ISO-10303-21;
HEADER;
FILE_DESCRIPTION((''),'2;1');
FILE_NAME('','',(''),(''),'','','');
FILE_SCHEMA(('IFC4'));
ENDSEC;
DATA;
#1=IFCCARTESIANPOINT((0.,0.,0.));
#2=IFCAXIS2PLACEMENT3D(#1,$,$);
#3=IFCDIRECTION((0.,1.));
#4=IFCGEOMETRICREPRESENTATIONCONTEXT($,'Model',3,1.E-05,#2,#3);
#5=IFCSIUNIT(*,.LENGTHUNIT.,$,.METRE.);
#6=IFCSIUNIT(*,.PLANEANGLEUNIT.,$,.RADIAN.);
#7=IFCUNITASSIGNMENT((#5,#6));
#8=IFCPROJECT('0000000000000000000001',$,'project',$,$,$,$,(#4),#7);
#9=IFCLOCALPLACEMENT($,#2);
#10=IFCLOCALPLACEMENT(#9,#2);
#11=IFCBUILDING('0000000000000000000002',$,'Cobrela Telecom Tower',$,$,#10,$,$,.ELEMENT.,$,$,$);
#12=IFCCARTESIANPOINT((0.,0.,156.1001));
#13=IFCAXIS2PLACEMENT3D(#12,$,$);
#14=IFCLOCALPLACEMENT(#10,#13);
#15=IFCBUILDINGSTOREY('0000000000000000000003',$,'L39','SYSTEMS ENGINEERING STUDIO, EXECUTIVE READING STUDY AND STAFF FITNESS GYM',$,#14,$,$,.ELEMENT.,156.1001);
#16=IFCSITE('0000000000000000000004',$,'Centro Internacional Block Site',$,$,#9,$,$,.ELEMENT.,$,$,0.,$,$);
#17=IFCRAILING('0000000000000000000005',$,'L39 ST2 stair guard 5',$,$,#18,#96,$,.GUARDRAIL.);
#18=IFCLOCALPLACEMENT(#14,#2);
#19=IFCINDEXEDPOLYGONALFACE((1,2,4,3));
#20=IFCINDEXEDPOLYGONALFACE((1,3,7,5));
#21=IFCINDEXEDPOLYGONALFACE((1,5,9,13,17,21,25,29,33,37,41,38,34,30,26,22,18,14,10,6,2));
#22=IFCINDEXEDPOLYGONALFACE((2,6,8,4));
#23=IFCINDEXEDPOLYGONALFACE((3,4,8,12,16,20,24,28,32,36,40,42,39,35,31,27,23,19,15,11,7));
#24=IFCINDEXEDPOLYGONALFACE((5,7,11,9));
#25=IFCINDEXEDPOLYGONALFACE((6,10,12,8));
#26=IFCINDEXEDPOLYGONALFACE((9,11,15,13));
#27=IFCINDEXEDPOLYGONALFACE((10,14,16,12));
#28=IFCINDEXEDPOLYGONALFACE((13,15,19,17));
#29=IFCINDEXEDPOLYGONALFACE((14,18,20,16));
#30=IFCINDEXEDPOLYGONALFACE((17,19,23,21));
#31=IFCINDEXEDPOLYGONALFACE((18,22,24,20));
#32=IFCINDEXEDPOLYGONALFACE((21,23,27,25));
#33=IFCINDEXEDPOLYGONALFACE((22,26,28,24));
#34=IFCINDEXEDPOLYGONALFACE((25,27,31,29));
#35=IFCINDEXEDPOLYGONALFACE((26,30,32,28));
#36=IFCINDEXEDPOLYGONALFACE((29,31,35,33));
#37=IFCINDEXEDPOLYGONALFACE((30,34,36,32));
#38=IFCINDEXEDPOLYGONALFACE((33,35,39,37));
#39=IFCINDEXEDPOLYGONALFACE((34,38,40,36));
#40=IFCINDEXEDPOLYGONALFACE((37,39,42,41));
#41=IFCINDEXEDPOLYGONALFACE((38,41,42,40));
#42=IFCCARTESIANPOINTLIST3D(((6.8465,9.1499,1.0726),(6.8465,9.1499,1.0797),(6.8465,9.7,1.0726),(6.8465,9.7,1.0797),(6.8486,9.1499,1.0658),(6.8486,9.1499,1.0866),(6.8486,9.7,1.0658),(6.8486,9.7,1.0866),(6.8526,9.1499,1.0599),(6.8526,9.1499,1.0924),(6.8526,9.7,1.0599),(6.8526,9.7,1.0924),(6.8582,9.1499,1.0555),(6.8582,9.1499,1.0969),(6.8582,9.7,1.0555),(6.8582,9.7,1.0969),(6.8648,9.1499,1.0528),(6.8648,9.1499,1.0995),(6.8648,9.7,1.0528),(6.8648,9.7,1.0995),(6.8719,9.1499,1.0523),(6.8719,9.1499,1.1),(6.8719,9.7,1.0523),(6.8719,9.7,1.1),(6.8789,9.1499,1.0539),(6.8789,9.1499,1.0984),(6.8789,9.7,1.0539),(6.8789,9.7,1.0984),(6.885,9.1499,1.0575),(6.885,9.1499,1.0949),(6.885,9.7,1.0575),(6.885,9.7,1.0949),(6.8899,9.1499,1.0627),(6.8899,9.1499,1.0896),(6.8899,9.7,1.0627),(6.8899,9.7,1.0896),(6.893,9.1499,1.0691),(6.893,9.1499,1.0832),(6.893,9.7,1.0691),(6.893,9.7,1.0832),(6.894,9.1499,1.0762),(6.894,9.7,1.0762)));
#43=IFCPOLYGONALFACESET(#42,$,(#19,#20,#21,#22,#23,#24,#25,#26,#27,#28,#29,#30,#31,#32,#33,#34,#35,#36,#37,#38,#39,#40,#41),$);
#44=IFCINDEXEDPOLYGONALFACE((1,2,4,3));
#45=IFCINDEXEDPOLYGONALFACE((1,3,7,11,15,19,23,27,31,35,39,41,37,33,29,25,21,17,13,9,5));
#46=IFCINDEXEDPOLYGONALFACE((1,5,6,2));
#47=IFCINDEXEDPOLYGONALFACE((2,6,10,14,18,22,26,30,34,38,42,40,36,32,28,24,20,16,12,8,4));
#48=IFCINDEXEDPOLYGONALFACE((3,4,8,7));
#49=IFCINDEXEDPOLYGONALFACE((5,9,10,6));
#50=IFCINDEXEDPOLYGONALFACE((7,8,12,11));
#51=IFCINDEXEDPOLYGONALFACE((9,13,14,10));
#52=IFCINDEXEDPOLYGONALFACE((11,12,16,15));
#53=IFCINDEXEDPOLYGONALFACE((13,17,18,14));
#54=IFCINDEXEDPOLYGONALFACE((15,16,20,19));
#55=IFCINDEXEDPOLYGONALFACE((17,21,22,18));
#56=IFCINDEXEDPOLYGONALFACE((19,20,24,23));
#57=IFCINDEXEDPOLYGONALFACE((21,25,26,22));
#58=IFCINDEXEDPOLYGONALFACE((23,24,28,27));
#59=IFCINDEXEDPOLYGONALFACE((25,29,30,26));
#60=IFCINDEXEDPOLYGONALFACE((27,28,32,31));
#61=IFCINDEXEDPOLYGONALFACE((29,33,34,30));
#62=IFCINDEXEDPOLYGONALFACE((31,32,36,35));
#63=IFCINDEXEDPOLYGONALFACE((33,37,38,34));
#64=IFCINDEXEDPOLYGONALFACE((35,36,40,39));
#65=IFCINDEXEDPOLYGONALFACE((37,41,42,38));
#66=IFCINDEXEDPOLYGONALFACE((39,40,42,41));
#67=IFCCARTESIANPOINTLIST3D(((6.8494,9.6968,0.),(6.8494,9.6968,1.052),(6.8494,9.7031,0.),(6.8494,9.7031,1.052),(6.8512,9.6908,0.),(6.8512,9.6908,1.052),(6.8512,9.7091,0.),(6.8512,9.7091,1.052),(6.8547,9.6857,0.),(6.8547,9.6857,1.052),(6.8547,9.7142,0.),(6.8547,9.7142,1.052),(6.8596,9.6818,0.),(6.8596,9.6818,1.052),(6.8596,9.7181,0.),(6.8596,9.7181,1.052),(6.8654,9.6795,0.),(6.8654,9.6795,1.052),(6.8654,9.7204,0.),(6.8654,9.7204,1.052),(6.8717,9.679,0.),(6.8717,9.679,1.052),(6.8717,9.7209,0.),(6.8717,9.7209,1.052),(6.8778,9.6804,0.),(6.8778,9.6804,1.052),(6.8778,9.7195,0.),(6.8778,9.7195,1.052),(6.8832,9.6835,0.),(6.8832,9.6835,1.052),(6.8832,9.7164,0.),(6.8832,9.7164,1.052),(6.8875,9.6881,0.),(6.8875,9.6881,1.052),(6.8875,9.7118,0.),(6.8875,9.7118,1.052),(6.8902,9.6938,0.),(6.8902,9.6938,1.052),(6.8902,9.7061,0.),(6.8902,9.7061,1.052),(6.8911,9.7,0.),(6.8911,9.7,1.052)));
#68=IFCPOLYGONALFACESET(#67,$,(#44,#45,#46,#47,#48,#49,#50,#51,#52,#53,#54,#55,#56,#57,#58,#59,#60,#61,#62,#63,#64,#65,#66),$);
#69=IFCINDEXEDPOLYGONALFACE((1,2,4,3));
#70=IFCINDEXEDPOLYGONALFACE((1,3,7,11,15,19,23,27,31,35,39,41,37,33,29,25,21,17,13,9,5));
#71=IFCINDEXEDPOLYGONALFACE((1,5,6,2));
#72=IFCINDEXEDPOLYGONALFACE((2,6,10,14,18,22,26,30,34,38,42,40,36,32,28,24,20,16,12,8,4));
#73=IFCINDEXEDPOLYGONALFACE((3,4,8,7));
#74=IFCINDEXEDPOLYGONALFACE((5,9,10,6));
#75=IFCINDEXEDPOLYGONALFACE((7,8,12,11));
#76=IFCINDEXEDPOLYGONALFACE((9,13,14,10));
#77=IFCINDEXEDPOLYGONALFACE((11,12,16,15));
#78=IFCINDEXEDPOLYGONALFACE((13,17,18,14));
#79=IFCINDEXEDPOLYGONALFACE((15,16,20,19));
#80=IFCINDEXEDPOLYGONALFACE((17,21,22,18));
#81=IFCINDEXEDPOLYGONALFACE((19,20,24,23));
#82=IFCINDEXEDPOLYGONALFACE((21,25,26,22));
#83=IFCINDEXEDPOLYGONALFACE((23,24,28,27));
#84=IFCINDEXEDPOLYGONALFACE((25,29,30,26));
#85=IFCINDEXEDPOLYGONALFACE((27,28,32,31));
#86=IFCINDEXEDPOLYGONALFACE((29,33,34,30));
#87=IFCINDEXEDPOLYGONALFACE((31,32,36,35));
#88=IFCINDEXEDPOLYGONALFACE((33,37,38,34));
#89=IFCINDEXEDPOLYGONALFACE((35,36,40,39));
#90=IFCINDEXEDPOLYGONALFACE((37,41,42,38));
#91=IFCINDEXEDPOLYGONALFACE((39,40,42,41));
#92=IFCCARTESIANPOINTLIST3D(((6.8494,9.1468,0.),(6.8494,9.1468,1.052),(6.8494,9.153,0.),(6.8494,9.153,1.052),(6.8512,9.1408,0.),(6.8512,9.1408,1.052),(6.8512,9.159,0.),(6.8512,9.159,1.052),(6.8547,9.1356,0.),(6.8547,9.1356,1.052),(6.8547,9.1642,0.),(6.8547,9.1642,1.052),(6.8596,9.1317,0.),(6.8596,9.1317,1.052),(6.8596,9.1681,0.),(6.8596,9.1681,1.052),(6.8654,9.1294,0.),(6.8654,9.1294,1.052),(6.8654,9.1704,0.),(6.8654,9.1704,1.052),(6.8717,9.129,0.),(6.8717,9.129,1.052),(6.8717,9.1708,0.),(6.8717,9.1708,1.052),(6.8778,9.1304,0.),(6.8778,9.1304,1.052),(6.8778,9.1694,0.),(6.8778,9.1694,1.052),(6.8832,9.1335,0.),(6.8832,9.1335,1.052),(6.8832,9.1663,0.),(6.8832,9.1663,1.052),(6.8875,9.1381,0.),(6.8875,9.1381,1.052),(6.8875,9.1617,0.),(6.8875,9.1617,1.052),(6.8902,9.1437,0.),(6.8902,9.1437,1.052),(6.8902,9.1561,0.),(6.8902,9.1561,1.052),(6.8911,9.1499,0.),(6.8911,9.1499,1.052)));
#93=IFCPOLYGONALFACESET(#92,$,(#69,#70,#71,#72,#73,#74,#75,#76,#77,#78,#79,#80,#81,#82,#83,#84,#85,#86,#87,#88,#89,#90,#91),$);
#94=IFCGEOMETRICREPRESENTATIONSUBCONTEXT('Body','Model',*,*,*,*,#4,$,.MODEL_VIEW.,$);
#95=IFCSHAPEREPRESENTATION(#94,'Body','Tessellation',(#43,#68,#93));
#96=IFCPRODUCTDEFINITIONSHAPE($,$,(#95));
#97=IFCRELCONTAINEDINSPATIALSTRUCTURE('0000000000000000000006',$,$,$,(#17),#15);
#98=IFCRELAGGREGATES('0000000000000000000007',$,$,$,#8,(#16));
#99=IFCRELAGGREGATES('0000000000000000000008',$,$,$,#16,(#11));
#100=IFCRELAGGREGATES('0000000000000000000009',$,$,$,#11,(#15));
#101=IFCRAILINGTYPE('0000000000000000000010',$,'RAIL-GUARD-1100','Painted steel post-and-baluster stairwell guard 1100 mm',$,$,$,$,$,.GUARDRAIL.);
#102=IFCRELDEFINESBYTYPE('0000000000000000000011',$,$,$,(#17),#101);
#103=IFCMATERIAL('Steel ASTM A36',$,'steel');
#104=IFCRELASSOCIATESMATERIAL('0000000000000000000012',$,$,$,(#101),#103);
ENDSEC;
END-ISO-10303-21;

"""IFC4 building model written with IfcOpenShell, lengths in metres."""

from ifc_helpers import new_model, si_unit, direction, frame, origin, origin_2d, place, context, subcontext, project, spatial, circle, extrude, material, type_object, element, save


model = new_model("IFC4")

# Units and contexts
model_context = context("Model", 3, precision=1e-05, world=origin(), true_north=direction((0.0, 1.0)))
body_context = subcontext(model_context, "Body", "Model", "MODEL_VIEW")
ifc_project = project(units=[si_unit("LENGTHUNIT", "METRE"), si_unit("PLANEANGLEUNIT", "RADIAN")], contexts=[model_context])

# Site, building, storey
site_placement = place(None, origin())
site = spatial("IfcSite", under=ifc_project, at=site_placement, Name="Centro Internacional Block Site", CompositionType="ELEMENT", RefElevation=0.0)
building_placement = place(site_placement, origin())
building = spatial("IfcBuilding", under=site, at=building_placement, Name="Cobrela Telecom Tower", CompositionType="ELEMENT")
storey_placement = place(building_placement, frame((0.0, 0.0, 156.1001)))
storey = spatial("IfcBuildingStorey", under=building, at=storey_placement, Name="L39", Description="SYSTEMS ENGINEERING STUDIO, EXECUTIVE READING STUDY AND STAFF FITNESS GYM", CompositionType="ELEMENT", Elevation=156.1001)

# Shared definitions
ifc_material_1 = material(Name="Steel ASTM A36", Category="steel")

# Railing
railing_type_1 = type_object("IfcRailingType", Name="RAIL-GUARD-1100", Description="Painted steel post-and-baluster stairwell guard 1100 mm", PredefinedType="GUARDRAIL", material=ifc_material_1)
railing_1_placement = place(storey_placement, frame((6.8701, 9.7, 0.0)))
element("IfcRailing", 1, at=railing_1_placement, inside=storey, type_object=railing_type_1, Name="L39 ST2 stair guard 5", PredefinedType="GUARDRAIL", context=body_context, shape_type="SweptSolid", body=[
    extrude(circle(Radius=0.0239, at=origin_2d()), frame((0.0, 0.0, 1.0762), z_axis=(0.0, -1.0, 0.0), x_axis=(1.0, 0.0, 0.0)), (0.0, 0.0, 1.0), 0.55),
    extrude(circle(Radius=0.021, at=origin_2d()), origin(), (0.0, 0.0, 1.0), 1.052),
    extrude(circle(Radius=0.021, at=origin_2d()), frame((0.0, -0.55, 0.0)), (0.0, 0.0, 1.0), 1.052),
])

save(model, "model.ifc")
